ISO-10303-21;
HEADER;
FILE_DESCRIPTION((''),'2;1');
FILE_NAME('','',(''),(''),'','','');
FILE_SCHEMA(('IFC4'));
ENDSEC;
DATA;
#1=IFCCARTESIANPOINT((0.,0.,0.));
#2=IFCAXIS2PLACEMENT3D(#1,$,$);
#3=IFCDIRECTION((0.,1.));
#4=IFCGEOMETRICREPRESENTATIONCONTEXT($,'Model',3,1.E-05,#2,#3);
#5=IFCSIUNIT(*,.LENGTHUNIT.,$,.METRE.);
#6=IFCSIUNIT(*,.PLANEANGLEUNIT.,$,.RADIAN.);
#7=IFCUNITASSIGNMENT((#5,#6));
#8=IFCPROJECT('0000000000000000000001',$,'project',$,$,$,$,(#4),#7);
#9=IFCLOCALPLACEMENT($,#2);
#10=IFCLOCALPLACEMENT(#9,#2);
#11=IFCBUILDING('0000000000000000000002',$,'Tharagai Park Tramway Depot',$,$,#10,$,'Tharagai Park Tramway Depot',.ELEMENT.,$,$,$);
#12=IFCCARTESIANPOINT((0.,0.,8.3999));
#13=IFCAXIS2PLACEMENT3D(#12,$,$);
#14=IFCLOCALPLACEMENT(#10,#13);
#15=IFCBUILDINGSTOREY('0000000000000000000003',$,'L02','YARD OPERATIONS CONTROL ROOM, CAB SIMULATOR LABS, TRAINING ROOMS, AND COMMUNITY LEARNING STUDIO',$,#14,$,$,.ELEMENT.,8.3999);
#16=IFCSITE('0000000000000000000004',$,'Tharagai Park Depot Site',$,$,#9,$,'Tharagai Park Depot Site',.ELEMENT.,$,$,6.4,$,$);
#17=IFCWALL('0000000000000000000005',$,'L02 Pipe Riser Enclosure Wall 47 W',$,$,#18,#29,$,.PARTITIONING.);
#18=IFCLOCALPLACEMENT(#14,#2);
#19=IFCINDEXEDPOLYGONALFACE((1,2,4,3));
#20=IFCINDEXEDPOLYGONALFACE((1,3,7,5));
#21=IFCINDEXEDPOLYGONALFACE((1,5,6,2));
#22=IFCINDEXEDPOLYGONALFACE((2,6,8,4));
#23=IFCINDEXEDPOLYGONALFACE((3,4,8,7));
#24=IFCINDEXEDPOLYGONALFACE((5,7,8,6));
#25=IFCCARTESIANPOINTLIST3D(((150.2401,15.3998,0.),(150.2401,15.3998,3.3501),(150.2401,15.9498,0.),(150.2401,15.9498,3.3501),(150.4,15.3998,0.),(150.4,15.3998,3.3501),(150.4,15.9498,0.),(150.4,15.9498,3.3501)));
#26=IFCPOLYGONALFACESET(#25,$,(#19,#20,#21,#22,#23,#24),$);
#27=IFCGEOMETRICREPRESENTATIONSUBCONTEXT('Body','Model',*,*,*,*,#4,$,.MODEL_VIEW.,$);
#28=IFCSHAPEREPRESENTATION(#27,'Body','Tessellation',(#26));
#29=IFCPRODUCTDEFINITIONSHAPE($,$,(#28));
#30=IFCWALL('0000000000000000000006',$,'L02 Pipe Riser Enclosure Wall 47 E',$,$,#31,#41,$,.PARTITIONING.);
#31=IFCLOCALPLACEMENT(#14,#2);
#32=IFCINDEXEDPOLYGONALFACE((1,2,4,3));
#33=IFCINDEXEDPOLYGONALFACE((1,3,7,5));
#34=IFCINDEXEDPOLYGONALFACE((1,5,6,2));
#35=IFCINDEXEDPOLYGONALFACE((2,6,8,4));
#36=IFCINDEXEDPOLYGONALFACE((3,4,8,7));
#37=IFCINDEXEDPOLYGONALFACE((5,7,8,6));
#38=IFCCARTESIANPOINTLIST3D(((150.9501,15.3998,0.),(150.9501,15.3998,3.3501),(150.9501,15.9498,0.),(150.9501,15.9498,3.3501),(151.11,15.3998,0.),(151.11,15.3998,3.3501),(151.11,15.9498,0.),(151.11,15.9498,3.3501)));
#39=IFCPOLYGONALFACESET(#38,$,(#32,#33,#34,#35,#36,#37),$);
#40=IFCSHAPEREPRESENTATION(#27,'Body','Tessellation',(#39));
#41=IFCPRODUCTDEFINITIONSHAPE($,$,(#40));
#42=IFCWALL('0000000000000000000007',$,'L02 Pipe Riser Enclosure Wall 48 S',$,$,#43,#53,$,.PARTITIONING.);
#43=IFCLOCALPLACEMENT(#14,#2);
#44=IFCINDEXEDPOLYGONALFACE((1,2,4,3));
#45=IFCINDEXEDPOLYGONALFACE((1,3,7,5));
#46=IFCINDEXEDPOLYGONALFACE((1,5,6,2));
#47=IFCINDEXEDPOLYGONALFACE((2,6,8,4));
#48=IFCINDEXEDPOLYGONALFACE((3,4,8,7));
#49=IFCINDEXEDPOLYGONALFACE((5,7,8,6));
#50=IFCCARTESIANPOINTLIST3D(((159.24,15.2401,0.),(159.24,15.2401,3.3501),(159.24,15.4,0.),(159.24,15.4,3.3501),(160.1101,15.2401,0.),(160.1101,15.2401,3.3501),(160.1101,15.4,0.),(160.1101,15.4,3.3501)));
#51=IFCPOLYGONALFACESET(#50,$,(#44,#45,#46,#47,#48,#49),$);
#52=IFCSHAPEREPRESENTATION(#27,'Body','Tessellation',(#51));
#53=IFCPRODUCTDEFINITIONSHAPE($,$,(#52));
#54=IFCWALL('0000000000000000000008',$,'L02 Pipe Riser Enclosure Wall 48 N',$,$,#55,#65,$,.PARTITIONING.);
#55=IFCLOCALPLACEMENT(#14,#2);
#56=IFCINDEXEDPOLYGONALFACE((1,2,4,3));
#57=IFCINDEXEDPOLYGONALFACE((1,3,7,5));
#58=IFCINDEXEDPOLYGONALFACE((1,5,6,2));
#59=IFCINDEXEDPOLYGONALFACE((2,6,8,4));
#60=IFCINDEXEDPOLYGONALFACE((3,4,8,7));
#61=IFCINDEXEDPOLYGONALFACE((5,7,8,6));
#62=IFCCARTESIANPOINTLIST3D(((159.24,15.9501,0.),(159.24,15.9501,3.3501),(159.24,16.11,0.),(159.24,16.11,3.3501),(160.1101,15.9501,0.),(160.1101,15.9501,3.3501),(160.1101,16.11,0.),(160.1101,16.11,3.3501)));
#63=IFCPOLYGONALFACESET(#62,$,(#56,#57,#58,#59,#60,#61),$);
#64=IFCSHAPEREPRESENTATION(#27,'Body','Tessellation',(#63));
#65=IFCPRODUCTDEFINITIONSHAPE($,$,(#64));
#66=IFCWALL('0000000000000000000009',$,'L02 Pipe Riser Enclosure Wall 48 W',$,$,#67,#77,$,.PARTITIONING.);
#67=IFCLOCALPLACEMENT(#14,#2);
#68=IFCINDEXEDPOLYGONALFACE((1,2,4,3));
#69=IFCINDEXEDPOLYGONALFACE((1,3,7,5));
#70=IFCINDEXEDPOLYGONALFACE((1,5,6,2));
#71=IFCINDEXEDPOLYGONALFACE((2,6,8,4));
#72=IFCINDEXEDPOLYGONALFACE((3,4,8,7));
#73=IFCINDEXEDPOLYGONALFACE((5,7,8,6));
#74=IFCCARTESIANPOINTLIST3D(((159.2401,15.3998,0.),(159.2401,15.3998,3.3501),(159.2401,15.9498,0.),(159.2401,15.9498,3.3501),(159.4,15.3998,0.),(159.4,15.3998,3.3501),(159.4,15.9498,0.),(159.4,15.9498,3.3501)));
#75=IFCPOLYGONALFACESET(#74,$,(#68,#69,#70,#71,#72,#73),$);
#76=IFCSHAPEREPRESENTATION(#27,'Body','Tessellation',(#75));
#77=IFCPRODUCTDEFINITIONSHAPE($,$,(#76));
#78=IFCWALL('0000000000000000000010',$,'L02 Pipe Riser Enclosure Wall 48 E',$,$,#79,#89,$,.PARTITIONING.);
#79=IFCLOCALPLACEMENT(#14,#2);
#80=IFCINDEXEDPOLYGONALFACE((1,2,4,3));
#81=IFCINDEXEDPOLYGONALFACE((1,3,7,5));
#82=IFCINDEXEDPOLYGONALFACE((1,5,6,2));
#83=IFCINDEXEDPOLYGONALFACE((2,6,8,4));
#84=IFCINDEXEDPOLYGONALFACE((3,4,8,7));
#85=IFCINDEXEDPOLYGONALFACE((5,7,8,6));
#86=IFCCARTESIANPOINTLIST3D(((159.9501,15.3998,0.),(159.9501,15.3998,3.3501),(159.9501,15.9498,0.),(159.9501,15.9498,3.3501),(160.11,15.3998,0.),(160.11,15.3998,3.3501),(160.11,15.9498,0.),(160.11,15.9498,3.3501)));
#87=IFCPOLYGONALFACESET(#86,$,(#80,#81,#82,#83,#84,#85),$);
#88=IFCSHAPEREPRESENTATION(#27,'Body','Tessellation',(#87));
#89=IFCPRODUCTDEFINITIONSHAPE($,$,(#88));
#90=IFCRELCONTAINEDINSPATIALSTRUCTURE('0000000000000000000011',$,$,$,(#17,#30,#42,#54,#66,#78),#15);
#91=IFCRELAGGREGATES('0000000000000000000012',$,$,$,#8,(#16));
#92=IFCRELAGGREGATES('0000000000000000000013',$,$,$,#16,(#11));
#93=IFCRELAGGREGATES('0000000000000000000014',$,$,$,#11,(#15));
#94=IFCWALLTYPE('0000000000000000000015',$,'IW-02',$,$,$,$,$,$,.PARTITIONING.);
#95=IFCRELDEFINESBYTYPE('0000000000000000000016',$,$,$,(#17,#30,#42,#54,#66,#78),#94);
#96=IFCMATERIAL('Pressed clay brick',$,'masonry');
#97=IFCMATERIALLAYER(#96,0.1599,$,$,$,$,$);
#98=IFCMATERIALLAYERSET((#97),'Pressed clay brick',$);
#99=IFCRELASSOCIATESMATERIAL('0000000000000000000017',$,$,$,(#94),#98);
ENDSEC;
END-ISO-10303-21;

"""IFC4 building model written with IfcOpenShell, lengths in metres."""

from ifc_helpers import new_model, si_unit, direction, frame, frame_2d, origin, place, context, subcontext, project, spatial, rectangle, extrude, material, layer, layer_set, type_object, element, save


model = new_model("IFC4")

# Units and contexts
model_context = context("Model", 3, precision=1e-05, world=origin(), true_north=direction((0.0, 1.0)))
body_context = subcontext(model_context, "Body", "Model", "MODEL_VIEW")
ifc_project = project(units=[si_unit("LENGTHUNIT", "METRE"), si_unit("PLANEANGLEUNIT", "RADIAN")], contexts=[model_context])

# Site, building, storey
site_placement = place(None, origin())
site = spatial("IfcSite", under=ifc_project, at=site_placement, Name="Tharagai Park Depot Site", LongName="Tharagai Park Depot Site", CompositionType="ELEMENT", RefElevation=6.4)
building_placement = place(site_placement, origin())
building = spatial("IfcBuilding", under=site, at=building_placement, Name="Tharagai Park Tramway Depot", LongName="Tharagai Park Tramway Depot", CompositionType="ELEMENT")
storey_placement = place(building_placement, frame((0.0, 0.0, 8.3999)))
storey = spatial("IfcBuildingStorey", under=building, at=storey_placement, Name="L02", Description="YARD OPERATIONS CONTROL ROOM, CAB SIMULATOR LABS, TRAINING ROOMS, AND COMMUNITY LEARNING STUDIO", CompositionType="ELEMENT", Elevation=8.3999)

# Shared definitions
ifc_material_1 = material(Name="Pressed clay brick", Category="masonry")

# Walls
ifc_layer_1 = layer(ifc_material_1, 0.1599)
ifc_layer_set_1 = layer_set([ifc_layer_1], Name="Pressed clay brick")
wall_type_1 = type_object("IfcWallType", Name="IW-02", PredefinedType="PARTITIONING", material=ifc_layer_set_1)
for number, where, z_axis, x_axis, name in (
    (1, (150.3201, 15.3999, 0.0), (0.0, 0.0, 1.0), (0.0, 1.0, 0.0), "L02 Pipe Riser Enclosure Wall 47 W"),
    (2, (151.03, 15.3999, 0.0), (0.0, 0.0, 1.0), (0.0, 1.0, 0.0), "L02 Pipe Riser Enclosure Wall 47 E"),
):
    element("IfcWall", number, at=place(storey_placement, frame(where, z_axis=z_axis, x_axis=x_axis)), inside=storey, type_object=wall_type_1, Name=name, PredefinedType="PARTITIONING", context=body_context, shape_type="SweptSolid", body=[
        extrude(rectangle(XDim=0.55, YDim=0.1599, at=frame_2d((0.2749, 0.0))), origin(), (0.0, 0.0, 1.0), 3.3501),
    ])
for number, where, z_axis, x_axis, name in (
    (3, (159.24, 15.3201, 0.0), (0.0, 0.0, 1.0), (1.0, 0.0, 0.0), "L02 Pipe Riser Enclosure Wall 48 S"),
    (4, (159.24, 16.03, 0.0), (0.0, 0.0, 1.0), (1.0, 0.0, 0.0), "L02 Pipe Riser Enclosure Wall 48 N"),
):
    element("IfcWall", number, at=place(storey_placement, frame(where, z_axis=z_axis, x_axis=x_axis)), inside=storey, type_object=wall_type_1, Name=name, PredefinedType="PARTITIONING", context=body_context, shape_type="SweptSolid", body=[
        extrude(rectangle(XDim=0.8701, YDim=0.1599, at=frame_2d((0.4351, 0.0))), origin(), (0.0, 0.0, 1.0), 3.3501),
    ])
for number, where, z_axis, x_axis, name in (
    (5, (159.3201, 15.3999, 0.0), (0.0, 0.0, 1.0), (0.0, 1.0, 0.0), "L02 Pipe Riser Enclosure Wall 48 W"),
    (6, (160.03, 15.3999, 0.0), (0.0, 0.0, 1.0), (0.0, 1.0, 0.0), "L02 Pipe Riser Enclosure Wall 48 E"),
):
    element("IfcWall", number, at=place(storey_placement, frame(where, z_axis=z_axis, x_axis=x_axis)), inside=storey, type_object=wall_type_1, Name=name, PredefinedType="PARTITIONING", context=body_context, shape_type="SweptSolid", body=[
        extrude(rectangle(XDim=0.55, YDim=0.1599, at=frame_2d((0.2749, 0.0))), origin(), (0.0, 0.0, 1.0), 3.3501),
    ])

save(model, "model.ifc")
